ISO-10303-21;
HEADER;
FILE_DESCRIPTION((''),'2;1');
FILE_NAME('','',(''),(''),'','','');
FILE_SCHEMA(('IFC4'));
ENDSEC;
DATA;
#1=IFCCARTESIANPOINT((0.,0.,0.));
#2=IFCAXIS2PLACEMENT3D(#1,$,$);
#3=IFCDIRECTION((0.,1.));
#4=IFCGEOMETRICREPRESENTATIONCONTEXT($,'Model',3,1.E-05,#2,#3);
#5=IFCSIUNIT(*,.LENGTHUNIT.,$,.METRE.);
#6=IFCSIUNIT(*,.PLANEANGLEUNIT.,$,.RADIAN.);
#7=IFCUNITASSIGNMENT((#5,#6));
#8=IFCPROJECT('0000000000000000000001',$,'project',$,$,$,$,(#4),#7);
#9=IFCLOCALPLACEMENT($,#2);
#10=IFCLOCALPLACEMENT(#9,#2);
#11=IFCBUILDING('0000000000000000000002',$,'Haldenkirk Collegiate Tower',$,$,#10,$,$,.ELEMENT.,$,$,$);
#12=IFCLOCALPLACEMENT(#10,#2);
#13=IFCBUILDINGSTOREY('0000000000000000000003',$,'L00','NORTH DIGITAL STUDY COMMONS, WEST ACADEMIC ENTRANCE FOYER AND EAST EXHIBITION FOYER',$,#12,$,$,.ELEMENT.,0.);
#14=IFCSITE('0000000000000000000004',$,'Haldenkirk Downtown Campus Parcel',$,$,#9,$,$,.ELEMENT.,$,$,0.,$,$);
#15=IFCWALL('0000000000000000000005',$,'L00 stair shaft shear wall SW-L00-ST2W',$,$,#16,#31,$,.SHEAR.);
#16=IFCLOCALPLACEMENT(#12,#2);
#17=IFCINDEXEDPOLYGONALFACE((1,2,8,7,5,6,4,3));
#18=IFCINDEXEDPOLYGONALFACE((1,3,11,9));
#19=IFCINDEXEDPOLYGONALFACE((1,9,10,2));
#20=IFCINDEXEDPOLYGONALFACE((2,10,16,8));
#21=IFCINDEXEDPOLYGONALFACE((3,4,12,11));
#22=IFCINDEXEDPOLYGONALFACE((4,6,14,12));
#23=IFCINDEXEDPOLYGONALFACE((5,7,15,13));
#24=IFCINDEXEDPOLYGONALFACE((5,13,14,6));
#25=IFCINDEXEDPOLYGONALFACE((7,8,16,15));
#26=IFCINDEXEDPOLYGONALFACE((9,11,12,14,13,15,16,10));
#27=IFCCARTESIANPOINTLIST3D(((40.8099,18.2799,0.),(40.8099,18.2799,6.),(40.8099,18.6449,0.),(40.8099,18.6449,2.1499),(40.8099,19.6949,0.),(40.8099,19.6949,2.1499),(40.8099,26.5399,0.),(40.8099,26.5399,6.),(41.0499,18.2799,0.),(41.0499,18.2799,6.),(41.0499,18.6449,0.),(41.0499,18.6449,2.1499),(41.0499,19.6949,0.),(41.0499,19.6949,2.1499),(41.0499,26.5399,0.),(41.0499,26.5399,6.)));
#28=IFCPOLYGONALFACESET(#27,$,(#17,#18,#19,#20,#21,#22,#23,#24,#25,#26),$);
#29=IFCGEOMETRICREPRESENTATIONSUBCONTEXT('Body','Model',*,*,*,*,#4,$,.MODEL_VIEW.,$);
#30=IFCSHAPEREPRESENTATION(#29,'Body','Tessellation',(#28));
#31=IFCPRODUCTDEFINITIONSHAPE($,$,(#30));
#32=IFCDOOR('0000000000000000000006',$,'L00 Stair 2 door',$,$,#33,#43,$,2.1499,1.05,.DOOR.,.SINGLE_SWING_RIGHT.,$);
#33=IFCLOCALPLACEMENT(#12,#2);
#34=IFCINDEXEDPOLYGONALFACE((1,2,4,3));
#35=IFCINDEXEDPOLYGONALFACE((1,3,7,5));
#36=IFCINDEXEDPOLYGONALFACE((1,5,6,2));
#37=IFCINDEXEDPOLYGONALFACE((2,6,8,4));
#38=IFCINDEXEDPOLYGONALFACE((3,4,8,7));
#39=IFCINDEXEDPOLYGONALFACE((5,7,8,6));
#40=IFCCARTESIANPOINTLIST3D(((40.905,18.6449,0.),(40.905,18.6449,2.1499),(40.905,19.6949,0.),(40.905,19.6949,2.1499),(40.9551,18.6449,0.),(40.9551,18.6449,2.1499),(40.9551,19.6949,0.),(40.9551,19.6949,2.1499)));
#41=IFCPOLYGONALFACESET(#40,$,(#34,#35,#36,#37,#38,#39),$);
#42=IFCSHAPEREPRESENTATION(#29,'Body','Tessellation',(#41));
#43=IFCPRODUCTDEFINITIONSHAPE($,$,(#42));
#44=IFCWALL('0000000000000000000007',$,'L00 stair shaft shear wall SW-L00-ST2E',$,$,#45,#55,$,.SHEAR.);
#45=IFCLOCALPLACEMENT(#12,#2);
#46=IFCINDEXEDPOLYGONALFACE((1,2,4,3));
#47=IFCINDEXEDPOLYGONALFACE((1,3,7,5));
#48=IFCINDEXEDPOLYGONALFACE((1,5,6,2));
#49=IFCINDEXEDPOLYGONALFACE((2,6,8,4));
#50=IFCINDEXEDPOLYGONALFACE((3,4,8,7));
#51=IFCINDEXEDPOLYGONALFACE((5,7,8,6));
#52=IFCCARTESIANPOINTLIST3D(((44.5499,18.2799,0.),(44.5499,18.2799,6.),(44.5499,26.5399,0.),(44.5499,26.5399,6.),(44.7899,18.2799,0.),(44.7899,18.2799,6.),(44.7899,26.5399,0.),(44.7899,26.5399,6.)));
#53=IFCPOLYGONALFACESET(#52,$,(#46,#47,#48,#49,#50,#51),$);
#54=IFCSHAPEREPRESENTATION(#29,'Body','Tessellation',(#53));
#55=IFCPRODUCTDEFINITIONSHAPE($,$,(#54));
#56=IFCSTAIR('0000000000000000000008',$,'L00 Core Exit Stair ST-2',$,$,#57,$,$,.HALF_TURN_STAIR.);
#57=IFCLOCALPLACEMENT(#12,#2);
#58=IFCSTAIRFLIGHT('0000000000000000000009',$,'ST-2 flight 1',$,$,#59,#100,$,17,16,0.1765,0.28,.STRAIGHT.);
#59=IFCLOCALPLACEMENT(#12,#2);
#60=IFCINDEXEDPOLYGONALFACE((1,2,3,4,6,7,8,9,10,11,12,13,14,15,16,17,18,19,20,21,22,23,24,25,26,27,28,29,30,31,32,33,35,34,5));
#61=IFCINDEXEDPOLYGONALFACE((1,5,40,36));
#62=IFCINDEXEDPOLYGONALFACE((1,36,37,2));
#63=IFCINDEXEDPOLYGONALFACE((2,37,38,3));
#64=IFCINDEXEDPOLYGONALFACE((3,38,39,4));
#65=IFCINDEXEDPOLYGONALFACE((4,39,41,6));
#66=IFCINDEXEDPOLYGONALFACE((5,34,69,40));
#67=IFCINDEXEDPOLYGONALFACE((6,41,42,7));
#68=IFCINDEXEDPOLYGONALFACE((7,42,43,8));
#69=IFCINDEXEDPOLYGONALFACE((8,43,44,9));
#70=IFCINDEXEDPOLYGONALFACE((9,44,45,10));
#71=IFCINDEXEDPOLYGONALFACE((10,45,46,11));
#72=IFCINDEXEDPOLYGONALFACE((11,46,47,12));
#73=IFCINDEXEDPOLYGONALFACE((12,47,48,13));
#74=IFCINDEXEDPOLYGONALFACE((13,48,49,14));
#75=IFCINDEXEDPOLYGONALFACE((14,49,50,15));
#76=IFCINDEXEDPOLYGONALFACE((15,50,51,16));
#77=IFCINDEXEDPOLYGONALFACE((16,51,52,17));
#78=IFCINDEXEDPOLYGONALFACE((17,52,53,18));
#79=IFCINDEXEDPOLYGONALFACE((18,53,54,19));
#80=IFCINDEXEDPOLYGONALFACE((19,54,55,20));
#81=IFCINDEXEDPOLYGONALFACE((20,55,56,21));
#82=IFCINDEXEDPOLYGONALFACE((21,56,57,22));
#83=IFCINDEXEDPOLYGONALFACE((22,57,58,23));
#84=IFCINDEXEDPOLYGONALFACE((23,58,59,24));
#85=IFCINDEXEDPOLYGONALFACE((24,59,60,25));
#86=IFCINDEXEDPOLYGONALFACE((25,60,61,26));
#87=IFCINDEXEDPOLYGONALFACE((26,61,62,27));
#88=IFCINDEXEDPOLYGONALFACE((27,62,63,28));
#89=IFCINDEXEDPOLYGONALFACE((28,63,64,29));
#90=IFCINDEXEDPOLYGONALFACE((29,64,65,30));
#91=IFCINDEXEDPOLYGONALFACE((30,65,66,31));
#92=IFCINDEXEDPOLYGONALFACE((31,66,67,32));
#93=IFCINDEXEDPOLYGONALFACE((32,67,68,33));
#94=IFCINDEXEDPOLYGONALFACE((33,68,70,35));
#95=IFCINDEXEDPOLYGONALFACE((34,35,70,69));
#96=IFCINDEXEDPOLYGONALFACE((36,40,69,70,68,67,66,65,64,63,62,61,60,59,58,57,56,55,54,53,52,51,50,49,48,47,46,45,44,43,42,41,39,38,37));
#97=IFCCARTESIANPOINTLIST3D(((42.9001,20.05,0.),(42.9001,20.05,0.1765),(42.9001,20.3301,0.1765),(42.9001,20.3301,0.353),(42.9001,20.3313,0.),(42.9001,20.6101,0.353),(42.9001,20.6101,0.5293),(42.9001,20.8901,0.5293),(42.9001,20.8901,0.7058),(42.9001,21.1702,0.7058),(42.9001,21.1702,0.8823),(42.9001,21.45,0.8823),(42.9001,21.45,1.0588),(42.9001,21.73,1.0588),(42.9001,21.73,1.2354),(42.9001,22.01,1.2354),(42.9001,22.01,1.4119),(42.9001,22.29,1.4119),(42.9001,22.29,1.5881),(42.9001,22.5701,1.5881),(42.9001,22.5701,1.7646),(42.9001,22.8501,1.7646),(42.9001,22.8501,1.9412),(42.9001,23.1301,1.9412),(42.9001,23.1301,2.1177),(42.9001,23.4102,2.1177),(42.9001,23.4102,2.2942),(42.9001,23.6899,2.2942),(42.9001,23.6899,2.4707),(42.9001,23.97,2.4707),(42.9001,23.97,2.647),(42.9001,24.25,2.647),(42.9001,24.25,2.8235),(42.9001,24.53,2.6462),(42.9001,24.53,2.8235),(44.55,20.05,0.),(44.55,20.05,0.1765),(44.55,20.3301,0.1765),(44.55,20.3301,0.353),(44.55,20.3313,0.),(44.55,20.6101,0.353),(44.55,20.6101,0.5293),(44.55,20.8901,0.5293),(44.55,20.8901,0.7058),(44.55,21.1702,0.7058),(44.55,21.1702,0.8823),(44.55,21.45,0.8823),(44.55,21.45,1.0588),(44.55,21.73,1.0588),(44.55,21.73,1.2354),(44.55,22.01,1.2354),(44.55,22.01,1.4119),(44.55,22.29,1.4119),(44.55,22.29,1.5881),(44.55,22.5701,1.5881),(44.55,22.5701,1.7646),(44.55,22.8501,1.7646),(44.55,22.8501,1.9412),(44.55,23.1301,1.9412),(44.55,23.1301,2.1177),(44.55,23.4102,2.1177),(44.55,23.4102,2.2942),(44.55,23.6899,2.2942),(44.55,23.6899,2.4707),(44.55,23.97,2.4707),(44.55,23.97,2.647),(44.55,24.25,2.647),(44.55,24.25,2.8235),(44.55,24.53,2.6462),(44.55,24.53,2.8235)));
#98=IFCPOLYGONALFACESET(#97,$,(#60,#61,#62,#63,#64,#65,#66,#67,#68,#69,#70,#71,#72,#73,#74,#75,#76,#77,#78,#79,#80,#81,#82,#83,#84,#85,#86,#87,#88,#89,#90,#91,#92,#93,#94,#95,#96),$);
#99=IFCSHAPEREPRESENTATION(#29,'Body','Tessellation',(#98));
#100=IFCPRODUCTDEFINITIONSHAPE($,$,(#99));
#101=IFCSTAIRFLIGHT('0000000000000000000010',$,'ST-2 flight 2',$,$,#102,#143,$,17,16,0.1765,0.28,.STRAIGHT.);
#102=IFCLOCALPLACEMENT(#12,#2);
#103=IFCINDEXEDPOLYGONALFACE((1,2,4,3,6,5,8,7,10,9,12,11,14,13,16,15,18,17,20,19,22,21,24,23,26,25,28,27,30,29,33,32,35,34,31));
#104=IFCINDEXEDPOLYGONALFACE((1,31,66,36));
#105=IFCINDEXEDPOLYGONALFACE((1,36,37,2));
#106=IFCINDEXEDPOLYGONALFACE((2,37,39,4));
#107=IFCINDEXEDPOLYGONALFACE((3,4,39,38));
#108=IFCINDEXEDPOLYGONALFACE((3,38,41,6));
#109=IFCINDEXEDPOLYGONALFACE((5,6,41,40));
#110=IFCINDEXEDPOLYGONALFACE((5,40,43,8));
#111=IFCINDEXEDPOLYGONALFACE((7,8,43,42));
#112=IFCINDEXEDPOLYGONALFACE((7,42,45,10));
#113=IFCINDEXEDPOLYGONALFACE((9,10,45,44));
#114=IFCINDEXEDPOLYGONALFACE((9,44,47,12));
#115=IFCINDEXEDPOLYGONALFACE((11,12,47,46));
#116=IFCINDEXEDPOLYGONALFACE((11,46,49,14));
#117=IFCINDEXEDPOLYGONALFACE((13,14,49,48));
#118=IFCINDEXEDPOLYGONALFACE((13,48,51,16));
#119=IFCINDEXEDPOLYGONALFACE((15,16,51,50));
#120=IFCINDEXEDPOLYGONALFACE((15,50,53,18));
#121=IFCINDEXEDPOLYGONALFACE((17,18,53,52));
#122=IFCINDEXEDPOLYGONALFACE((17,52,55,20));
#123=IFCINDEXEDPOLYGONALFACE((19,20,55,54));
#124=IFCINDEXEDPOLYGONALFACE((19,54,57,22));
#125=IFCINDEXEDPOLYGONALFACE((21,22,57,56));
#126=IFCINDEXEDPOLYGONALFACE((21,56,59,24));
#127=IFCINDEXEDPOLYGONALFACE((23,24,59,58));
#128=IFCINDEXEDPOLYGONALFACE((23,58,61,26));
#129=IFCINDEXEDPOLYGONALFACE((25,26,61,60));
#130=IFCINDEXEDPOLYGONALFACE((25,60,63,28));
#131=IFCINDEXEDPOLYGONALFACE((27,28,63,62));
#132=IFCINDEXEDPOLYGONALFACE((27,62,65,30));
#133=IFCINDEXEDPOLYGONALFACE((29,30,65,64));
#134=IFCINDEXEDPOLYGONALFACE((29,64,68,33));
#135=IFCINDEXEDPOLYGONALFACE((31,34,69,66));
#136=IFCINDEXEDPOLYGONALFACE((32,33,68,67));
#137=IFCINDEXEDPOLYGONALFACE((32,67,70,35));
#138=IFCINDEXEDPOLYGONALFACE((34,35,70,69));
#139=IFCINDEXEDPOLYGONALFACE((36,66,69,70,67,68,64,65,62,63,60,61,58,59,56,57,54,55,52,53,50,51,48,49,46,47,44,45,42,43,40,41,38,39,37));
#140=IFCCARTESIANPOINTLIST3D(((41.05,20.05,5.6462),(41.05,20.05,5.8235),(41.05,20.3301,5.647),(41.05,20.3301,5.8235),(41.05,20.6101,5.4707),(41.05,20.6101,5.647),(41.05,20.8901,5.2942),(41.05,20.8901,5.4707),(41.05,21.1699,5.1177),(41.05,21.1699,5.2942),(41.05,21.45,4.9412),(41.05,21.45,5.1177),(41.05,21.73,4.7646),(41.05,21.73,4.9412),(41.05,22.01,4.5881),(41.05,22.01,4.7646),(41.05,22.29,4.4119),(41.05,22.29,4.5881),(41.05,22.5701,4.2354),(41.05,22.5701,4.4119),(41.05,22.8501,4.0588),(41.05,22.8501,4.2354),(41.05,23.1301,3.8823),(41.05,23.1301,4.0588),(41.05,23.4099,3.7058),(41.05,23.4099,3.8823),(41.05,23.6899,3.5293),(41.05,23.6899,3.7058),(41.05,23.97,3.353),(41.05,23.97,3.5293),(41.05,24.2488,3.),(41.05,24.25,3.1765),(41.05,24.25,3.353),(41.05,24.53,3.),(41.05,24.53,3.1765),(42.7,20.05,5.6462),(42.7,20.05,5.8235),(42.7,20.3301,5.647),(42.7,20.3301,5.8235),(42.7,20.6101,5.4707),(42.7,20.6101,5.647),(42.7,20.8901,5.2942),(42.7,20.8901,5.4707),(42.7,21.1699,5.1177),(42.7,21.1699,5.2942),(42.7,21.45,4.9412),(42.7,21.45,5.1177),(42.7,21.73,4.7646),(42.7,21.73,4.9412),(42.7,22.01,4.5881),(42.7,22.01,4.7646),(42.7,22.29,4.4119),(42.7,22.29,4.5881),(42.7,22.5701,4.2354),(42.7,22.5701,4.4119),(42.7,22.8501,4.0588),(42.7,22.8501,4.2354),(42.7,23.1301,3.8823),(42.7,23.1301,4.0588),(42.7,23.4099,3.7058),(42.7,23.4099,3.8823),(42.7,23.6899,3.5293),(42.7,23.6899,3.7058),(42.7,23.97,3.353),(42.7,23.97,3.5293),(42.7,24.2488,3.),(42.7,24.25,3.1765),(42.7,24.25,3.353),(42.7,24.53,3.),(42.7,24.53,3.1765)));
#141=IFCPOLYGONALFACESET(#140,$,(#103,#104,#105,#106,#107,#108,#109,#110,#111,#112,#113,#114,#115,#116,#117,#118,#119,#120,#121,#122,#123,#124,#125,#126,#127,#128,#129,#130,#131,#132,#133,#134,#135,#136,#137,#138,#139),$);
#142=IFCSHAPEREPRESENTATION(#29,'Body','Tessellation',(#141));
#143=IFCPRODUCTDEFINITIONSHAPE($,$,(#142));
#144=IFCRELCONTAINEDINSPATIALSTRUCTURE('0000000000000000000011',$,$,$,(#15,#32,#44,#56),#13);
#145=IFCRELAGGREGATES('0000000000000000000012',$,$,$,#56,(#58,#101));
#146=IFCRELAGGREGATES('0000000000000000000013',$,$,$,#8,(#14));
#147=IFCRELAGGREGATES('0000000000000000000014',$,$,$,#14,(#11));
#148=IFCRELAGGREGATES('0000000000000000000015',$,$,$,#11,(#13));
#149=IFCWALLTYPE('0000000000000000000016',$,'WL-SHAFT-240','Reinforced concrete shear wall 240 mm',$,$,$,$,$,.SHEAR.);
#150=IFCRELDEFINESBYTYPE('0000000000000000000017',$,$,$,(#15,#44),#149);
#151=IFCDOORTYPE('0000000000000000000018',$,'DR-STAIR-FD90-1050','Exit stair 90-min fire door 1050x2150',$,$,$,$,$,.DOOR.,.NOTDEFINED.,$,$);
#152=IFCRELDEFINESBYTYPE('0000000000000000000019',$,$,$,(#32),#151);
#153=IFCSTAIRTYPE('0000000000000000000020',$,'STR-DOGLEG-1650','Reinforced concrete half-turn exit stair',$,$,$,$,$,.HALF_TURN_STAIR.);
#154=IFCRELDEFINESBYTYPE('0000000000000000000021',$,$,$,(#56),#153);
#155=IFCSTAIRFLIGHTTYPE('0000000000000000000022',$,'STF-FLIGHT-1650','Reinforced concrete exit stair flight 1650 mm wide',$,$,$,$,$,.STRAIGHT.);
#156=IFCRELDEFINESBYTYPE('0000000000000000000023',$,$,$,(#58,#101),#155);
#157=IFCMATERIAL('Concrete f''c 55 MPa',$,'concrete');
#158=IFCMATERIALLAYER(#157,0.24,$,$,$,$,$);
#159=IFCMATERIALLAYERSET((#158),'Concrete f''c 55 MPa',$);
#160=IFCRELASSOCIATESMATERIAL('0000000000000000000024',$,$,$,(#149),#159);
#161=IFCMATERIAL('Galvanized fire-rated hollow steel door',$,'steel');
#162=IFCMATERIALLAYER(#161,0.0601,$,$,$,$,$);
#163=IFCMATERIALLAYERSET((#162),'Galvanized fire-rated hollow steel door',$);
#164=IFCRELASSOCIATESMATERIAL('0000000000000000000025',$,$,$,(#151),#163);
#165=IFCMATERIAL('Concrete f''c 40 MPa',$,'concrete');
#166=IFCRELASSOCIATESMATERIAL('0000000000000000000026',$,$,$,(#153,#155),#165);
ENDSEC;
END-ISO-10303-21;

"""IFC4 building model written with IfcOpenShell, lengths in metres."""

from ifc_helpers import new_model, si_unit, direction, frame, frame_2d, origin, place, context, subcontext, project, spatial, polyline, rectangle, outline, extrude, material, layer, layer_set, type_object, element, fill, aggregate, save


model = new_model("IFC4")

# Units and contexts
model_context = context("Model", 3, precision=1e-05, world=origin(), true_north=direction((0.0, 1.0)))
body_context = subcontext(model_context, "Body", "Model", "MODEL_VIEW")
ifc_project = project(units=[si_unit("LENGTHUNIT", "METRE"), si_unit("PLANEANGLEUNIT", "RADIAN")], contexts=[model_context])

# Site, building, storey
site_placement = place(None, origin())
site = spatial("IfcSite", under=ifc_project, at=site_placement, Name="Haldenkirk Downtown Campus Parcel", CompositionType="ELEMENT", RefElevation=0.0)
building_placement = place(site_placement, origin())
building = spatial("IfcBuilding", under=site, at=building_placement, Name="Haldenkirk Collegiate Tower", CompositionType="ELEMENT")
storey_placement = place(building_placement, origin())
storey = spatial("IfcBuildingStorey", under=building, at=storey_placement, Name="L00", Description="NORTH DIGITAL STUDY COMMONS, WEST ACADEMIC ENTRANCE FOYER AND EAST EXHIBITION FOYER", CompositionType="ELEMENT", Elevation=0.0)

# Shared definitions
ifc_material_1 = material(Name="Galvanized fire-rated hollow steel door", Category="steel")

# Wall, opening, door
ifc_material_2 = material(Name="Concrete f'c 55 MPa", Category="concrete")
ifc_layer_1 = layer(ifc_material_2, 0.24)
ifc_layer_set_1 = layer_set([ifc_layer_1], Name="Concrete f'c 55 MPa")
wall_type_1 = type_object("IfcWallType", Name="WL-SHAFT-240", Description="Reinforced concrete shear wall 240 mm", PredefinedType="SHEAR", material=ifc_layer_set_1)
wall_1_placement = place(storey_placement, frame((40.9299, 18.28, 0.0), z_axis=(0.0, 0.0, 1.0), x_axis=(0.0, 1.0, 0.0)))
wall_1 = element("IfcWall", 1, at=wall_1_placement, inside=storey, type_object=wall_type_1, Name="L00 stair shaft shear wall SW-L00-ST2W", PredefinedType="SHEAR", context=body_context, shape_type="SweptSolid", body=[
    extrude(rectangle(XDim=8.26, YDim=0.24, at=frame_2d((4.1299, 0.0))), origin(), (0.0, 0.0, 1.0), 6.0),
])
opening_1_placement = place(wall_1_placement, frame((0.365, 0.0, 0.0)))
opening_1 = element("IfcOpeningElement", 2, at=opening_1_placement, cuts=wall_1, PredefinedType="OPENING", context=body_context, shape_type="SweptSolid", body=[
    extrude(rectangle(XDim=1.05, YDim=2.1499, at=frame_2d((0.5249, 1.075))), frame((0.0, 0.1299, 0.0), z_axis=(0.0, -1.0, 0.0), x_axis=(1.0, 0.0, 0.0)), (0.0, 0.0, 1.0), 0.26),
])
ifc_layer_2 = layer(ifc_material_1, 0.0601)
ifc_layer_set_2 = layer_set([ifc_layer_2], Name="Galvanized fire-rated hollow steel door")
door_type_1 = type_object("IfcDoorType", Name="DR-STAIR-FD90-1050", Description="Exit stair 90-min fire door 1050x2150", OperationType="NOTDEFINED", PredefinedType="DOOR", material=ifc_layer_set_2)
door_1_placement = place(opening_1_placement, origin())
door_1 = element("IfcDoor", 3, at=door_1_placement, inside=storey, type_object=door_type_1, Name="L00 Stair 2 door", OperationType="SINGLE_SWING_RIGHT", OverallHeight=2.1499, OverallWidth=1.05, PredefinedType="DOOR", context=body_context, shape_type="SweptSolid", body=[
    extrude(rectangle(XDim=1.05, YDim=2.1499, at=frame_2d((0.5249, 1.075))), frame((0.0, 0.0249, 0.0), z_axis=(0.0, -1.0, 0.0), x_axis=(1.0, 0.0, 0.0)), (0.0, 0.0, 1.0), 0.05),
])
fill(opening_1, door_1)

# Wall
wall_2_placement = place(storey_placement, frame((44.6699, 18.28, 0.0), z_axis=(0.0, 0.0, 1.0), x_axis=(0.0, 1.0, 0.0)))
element("IfcWall", 4, at=wall_2_placement, inside=storey, type_object=wall_type_1, Name="L00 stair shaft shear wall SW-L00-ST2E", PredefinedType="SHEAR", context=body_context, shape_type="SweptSolid", body=[
    extrude(rectangle(XDim=8.26, YDim=0.24, at=frame_2d((4.1299, 0.0))), origin(), (0.0, 0.0, 1.0), 6.0),
])

# Stair, stair flights
ifc_material_3 = material(Name="Concrete f'c 40 MPa", Category="concrete")
stair_type = type_object("IfcStairType", Name="STR-DOGLEG-1650", Description="Reinforced concrete half-turn exit stair", PredefinedType="HALF_TURN_STAIR", material=ifc_material_3)
stair_placement = place(storey_placement, origin())
stair = element("IfcStair", 5, at=stair_placement, inside=storey, type_object=stair_type, Name="L00 Core Exit Stair ST-2", PredefinedType="HALF_TURN_STAIR")
stair_flight_type = type_object("IfcStairFlightType", Name="STF-FLIGHT-1650", Description="Reinforced concrete exit stair flight 1650 mm wide", PredefinedType="STRAIGHT", material=ifc_material_3)
stair_flight_1_placement = place(storey_placement, frame((43.7251, 20.05, 0.0), z_axis=(0.0, 0.0, 1.0), x_axis=(0.0, 1.0, 0.0)))
stair_flight_1 = element("IfcStairFlight", 6, at=stair_flight_1_placement, type_object=stair_flight_type, Name="ST-2 flight 1", NumberOfRisers=17, NumberOfTreads=16, PredefinedType="STRAIGHT", RiserHeight=0.1765, TreadLength=0.28, context=body_context, shape_type="SweptSolid", body=[
    extrude(outline(polyline([(0.0, 0.0), (0.0, 0.1765), (0.28, 0.1765), (0.28, 0.353), (0.5601, 0.353), (0.5601, 0.5293), (0.8401, 0.5293), (0.8401, 0.7058), (1.1201, 0.7058), (1.1201, 0.8823), (1.3999, 0.8823), (1.3999, 1.0588), (1.6799, 1.0588), (1.6799, 1.2354), (1.96, 1.2354), (1.96, 1.4119), (2.24, 1.4119), (2.24, 1.5881), (2.52, 1.5881), (2.52, 1.7646), (2.8, 1.7646), (2.8, 1.9412), (3.0801, 1.9412), (3.0801, 2.1177), (3.3601, 2.1177), (3.3601, 2.2942), (3.6399, 2.2942), (3.6399, 2.4707), (3.9199, 2.4707), (3.9199, 2.647), (4.2, 2.647), (4.2, 2.8235), (4.48, 2.8235), (4.48, 3.0), (4.48, 2.6462), (0.2812, 0.0), (0.0, 0.0)])), frame((0.0, 0.825, 0.0), z_axis=(0.0, -1.0, 0.0), x_axis=(1.0, 0.0, 0.0)), (0.0, 0.0, 1.0), 1.6499),
])
stair_flight_2_placement = place(storey_placement, frame((41.875, 24.53, 3.0), z_axis=(0.0, 0.0, 1.0), x_axis=(0.0, -1.0, 0.0)))
stair_flight_2 = element("IfcStairFlight", 7, at=stair_flight_2_placement, type_object=stair_flight_type, Name="ST-2 flight 2", NumberOfRisers=17, NumberOfTreads=16, PredefinedType="STRAIGHT", RiserHeight=0.1765, TreadLength=0.28, context=body_context, shape_type="SweptSolid", body=[
    extrude(outline(polyline([(0.0, 0.0), (0.0, 0.1765), (0.28, 0.1765), (0.28, 0.353), (0.5601, 0.353), (0.5601, 0.5293), (0.8401, 0.5293), (0.8401, 0.7058), (1.1201, 0.7058), (1.1201, 0.8823), (1.3999, 0.8823), (1.3999, 1.0588), (1.6799, 1.0588), (1.6799, 1.2354), (1.96, 1.2354), (1.96, 1.4119), (2.24, 1.4119), (2.24, 1.5881), (2.52, 1.5881), (2.52, 1.7646), (2.8, 1.7646), (2.8, 1.9412), (3.0801, 1.9412), (3.0801, 2.1177), (3.3601, 2.1177), (3.3601, 2.2942), (3.6399, 2.2942), (3.6399, 2.4707), (3.9199, 2.4707), (3.9199, 2.647), (4.2, 2.647), (4.2, 2.8235), (4.48, 2.8235), (4.48, 3.0), (4.48, 2.6462), (0.2812, 0.0), (0.0, 0.0)])), frame((0.0, 0.825, 0.0), z_axis=(0.0, -1.0, 0.0), x_axis=(1.0, 0.0, 0.0)), (0.0, 0.0, 1.0), 1.6499),
])
aggregate(stair, [stair_flight_1, stair_flight_2])

save(model, "model.ifc")
